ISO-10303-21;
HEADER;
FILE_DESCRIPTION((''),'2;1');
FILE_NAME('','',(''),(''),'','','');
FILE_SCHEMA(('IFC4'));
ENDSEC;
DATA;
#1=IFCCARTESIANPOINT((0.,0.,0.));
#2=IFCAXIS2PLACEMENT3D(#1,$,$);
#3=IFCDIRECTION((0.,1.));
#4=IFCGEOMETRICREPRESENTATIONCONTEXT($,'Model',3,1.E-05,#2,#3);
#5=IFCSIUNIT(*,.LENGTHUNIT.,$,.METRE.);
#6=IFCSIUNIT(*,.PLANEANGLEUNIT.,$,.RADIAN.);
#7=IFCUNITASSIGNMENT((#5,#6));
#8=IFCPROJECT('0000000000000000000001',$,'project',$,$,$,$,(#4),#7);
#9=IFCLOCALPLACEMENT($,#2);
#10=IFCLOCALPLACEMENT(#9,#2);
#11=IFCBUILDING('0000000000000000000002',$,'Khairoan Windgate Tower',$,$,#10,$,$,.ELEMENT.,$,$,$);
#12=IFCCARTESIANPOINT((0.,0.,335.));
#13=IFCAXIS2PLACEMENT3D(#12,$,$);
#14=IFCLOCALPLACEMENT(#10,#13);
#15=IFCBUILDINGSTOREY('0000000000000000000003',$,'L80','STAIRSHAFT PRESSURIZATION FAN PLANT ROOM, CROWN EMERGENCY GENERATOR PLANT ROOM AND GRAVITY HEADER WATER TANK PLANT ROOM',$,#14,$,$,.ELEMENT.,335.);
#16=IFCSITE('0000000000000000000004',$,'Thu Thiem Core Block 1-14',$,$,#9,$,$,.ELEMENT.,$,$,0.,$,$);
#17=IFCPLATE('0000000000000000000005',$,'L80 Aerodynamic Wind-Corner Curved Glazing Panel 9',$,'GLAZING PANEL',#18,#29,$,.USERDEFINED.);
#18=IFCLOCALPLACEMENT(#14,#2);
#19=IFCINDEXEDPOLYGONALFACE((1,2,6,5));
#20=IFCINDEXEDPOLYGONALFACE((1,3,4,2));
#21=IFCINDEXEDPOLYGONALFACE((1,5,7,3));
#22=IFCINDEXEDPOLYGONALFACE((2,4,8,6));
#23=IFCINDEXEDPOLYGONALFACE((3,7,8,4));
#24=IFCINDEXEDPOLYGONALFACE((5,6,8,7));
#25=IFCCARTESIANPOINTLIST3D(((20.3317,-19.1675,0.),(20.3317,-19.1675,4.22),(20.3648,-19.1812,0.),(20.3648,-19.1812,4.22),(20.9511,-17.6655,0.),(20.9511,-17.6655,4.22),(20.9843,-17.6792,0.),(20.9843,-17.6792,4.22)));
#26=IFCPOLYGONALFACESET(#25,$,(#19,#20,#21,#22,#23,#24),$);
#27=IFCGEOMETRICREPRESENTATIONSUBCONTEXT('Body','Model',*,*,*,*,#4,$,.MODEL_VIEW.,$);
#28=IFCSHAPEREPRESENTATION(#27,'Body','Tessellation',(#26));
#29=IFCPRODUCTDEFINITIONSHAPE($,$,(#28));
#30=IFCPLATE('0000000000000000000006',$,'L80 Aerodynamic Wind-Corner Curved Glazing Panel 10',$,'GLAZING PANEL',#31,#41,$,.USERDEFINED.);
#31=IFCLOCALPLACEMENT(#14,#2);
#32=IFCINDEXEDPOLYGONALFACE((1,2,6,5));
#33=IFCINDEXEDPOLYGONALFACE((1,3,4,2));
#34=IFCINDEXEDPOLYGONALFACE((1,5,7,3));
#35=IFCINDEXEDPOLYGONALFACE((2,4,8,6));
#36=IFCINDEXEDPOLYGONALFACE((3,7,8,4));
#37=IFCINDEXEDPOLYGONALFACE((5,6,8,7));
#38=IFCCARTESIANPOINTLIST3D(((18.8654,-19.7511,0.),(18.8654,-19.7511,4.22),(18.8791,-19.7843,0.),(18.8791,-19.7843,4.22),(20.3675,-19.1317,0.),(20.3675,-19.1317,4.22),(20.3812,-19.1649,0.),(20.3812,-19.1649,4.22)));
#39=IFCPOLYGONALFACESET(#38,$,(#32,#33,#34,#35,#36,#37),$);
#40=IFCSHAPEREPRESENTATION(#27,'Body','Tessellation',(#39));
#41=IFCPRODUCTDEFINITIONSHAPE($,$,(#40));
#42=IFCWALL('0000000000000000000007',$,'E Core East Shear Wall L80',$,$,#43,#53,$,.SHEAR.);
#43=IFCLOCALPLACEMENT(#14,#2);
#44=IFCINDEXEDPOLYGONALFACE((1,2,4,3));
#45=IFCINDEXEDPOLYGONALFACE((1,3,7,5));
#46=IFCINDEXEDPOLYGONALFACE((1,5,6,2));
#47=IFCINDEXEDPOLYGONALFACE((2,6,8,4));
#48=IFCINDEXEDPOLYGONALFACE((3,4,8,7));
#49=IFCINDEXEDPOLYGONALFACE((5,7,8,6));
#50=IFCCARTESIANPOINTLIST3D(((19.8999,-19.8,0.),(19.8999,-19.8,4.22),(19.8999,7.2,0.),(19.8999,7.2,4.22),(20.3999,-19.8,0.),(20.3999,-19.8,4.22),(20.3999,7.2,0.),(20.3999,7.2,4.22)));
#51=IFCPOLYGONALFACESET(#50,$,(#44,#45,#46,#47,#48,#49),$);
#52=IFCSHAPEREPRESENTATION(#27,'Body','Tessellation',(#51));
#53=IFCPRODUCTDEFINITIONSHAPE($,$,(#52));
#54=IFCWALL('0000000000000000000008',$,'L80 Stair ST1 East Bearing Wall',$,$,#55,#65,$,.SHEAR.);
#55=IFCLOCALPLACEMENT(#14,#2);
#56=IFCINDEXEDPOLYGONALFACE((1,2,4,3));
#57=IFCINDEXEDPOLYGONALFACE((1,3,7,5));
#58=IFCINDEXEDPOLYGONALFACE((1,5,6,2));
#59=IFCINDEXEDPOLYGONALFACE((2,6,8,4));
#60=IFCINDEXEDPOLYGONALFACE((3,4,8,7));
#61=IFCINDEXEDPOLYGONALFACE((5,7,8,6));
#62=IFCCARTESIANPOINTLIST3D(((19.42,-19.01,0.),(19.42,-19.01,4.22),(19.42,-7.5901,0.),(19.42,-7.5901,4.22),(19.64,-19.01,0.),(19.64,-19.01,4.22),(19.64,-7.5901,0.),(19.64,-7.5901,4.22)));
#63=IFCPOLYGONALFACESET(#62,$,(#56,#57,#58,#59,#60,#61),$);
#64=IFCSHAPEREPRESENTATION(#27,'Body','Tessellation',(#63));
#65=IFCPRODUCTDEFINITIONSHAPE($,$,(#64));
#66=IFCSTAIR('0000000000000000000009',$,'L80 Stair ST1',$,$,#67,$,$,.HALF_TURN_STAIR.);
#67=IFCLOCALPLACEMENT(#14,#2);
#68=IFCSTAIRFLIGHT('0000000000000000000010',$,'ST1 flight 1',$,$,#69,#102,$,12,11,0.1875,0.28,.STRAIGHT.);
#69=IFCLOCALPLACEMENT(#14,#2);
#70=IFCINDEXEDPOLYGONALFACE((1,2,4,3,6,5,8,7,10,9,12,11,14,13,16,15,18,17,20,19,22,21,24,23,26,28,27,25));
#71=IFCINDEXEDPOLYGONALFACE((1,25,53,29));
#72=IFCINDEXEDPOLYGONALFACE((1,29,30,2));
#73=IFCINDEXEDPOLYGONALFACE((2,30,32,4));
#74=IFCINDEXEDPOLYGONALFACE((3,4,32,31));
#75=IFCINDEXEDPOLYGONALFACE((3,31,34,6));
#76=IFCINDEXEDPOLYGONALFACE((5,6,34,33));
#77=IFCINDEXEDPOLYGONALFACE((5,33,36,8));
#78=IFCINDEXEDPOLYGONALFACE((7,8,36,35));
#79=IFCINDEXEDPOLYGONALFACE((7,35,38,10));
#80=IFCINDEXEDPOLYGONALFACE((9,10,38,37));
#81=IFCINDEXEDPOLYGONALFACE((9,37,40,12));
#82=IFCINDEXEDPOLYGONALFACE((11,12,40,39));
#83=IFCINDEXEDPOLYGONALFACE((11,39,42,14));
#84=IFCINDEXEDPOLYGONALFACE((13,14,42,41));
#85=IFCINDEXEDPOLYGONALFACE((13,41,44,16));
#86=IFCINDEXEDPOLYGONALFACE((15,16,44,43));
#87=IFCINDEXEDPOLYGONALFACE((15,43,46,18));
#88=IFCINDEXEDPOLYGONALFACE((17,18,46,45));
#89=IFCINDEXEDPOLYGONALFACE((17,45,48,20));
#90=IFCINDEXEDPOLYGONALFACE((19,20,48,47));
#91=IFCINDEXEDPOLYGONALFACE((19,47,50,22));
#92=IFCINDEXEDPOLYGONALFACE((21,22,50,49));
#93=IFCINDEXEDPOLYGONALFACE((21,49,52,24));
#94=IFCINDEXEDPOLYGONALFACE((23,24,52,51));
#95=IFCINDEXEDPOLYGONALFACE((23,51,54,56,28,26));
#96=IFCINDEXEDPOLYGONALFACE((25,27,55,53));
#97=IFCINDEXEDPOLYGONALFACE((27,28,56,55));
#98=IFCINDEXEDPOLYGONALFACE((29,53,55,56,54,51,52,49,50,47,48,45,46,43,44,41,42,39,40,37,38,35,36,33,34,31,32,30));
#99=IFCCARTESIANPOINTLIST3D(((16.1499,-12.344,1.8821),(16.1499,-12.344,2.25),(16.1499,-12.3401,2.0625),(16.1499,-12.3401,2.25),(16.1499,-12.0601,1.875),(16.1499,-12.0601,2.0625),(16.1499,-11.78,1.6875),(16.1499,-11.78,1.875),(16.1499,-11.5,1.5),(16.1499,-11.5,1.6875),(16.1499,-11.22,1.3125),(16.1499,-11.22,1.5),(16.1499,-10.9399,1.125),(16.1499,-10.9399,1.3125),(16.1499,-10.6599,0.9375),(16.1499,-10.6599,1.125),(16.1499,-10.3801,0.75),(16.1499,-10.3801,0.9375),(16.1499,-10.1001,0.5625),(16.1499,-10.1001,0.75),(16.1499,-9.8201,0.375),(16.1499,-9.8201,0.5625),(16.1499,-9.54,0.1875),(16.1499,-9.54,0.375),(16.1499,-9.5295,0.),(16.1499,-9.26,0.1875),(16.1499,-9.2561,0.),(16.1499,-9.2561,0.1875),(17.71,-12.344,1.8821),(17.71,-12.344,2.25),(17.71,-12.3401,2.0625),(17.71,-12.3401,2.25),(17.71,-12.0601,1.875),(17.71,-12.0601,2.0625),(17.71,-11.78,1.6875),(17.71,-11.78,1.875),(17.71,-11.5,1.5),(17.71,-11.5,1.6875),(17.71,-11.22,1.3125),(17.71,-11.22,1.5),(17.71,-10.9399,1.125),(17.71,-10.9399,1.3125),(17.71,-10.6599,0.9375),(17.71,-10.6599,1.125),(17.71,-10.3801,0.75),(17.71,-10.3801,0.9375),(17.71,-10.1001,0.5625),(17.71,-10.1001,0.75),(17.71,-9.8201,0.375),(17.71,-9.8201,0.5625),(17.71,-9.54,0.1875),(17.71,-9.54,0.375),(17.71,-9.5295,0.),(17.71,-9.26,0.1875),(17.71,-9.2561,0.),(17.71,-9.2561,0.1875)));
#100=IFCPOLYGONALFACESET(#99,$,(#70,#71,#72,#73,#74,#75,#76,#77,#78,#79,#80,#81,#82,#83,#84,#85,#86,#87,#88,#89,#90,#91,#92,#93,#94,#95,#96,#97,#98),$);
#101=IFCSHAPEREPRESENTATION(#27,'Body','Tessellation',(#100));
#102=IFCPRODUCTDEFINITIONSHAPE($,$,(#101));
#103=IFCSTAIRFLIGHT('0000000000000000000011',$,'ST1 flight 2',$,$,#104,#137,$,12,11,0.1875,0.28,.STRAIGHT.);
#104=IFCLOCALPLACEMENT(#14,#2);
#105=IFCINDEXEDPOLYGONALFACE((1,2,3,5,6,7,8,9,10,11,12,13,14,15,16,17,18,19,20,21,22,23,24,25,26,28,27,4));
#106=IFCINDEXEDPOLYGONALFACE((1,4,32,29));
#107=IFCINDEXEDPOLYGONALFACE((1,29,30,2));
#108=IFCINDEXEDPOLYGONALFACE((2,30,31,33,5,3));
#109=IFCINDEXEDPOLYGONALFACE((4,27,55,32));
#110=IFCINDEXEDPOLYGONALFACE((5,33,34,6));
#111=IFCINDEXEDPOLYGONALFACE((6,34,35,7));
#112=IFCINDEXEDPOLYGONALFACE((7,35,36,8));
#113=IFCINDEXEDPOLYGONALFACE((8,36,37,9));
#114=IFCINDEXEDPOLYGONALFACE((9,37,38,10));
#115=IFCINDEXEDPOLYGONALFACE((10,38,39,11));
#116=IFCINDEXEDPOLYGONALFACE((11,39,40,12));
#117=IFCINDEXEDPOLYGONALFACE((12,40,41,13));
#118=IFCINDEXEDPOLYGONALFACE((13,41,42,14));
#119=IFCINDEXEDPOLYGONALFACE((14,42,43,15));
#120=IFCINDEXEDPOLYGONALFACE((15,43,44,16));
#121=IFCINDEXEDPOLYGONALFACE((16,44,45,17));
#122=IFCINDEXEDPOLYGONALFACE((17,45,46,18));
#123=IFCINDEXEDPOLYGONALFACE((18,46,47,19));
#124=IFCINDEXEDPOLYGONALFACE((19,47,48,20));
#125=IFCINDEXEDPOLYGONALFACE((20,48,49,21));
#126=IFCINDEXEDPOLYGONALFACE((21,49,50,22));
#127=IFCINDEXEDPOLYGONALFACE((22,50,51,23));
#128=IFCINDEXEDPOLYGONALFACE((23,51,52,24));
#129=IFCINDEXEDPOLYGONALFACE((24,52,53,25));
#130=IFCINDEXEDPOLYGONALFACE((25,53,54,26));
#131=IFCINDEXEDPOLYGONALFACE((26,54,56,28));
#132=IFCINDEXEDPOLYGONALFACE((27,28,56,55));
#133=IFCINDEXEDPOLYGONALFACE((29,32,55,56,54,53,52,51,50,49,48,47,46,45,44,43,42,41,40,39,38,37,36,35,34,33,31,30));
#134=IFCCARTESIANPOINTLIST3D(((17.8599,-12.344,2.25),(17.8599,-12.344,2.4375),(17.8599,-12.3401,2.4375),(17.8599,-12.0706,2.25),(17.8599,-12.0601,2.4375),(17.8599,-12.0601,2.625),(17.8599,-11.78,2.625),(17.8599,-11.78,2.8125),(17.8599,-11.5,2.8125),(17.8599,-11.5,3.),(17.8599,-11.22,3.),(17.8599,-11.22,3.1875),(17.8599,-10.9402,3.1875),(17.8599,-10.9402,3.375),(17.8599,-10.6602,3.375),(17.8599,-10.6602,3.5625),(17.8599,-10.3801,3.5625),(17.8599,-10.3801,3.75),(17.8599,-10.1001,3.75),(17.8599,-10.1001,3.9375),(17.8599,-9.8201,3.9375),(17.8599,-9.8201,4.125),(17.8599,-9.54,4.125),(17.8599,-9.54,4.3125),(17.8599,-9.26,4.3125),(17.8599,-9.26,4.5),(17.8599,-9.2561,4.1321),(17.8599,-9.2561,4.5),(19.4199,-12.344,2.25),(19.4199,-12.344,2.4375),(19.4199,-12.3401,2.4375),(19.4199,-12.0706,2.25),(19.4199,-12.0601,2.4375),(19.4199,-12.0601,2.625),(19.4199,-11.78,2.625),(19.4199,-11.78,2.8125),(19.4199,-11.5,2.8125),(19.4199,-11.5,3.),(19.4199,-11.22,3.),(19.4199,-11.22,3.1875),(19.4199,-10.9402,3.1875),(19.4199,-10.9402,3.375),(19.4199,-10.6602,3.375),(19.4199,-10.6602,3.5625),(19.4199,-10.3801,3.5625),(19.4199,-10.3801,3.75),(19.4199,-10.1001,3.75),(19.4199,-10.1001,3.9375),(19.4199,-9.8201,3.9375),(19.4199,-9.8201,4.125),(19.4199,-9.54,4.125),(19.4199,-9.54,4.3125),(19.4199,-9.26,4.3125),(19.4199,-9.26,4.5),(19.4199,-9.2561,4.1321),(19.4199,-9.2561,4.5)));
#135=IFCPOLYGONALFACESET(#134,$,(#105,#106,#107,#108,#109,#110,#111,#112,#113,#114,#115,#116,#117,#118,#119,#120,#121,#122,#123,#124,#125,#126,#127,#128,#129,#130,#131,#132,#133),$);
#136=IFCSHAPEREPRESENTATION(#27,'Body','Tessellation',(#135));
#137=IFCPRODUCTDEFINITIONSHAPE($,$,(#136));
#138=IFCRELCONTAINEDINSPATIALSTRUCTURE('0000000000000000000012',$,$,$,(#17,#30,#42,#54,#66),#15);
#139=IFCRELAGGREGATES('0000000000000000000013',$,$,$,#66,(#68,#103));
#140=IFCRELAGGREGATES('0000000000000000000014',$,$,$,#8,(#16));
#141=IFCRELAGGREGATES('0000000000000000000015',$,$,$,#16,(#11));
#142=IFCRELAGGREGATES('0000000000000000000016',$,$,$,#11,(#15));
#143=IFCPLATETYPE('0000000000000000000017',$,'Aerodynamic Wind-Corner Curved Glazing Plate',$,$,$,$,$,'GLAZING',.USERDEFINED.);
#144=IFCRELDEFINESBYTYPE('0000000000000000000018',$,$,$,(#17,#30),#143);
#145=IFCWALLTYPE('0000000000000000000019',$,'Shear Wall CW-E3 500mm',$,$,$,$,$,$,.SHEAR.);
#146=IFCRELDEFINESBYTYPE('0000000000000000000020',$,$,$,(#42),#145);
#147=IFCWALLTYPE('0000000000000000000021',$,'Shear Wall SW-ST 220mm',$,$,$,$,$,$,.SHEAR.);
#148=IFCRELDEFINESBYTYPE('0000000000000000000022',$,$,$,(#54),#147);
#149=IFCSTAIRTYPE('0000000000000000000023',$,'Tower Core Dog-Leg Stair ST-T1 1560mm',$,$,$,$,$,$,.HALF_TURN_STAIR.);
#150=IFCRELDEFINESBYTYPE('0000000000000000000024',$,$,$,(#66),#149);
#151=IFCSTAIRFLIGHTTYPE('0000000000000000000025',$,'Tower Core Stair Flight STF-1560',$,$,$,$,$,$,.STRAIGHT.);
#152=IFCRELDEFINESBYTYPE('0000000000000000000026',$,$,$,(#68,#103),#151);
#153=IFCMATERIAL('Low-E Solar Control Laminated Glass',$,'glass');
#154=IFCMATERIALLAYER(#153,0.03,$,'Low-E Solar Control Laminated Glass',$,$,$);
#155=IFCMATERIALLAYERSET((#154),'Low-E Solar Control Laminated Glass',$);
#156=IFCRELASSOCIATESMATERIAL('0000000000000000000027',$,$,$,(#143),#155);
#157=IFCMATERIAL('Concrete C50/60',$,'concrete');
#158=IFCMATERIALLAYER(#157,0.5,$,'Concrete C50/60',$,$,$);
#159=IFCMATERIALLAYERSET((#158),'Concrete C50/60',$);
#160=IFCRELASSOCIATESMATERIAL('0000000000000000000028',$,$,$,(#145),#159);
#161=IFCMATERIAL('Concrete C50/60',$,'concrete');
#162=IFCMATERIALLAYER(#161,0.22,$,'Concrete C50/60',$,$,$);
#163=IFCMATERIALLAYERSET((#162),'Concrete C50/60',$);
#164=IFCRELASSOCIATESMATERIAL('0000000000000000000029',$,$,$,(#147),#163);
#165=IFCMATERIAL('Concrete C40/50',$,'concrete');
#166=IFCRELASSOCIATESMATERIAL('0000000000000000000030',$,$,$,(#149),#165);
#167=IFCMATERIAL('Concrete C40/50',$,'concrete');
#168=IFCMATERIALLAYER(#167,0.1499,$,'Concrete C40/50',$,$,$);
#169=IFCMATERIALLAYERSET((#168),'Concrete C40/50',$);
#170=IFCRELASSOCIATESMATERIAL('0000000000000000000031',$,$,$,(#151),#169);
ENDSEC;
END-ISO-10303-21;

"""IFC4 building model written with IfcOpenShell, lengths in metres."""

from ifc_helpers import new_model, si_unit, direction, frame, frame_2d, origin, origin_2d, place, context, subcontext, project, spatial, polyline, rectangle, outline, extrude, material, layer, layer_set, type_object, element, aggregate, save


model = new_model("IFC4")

# Units and contexts
model_context = context("Model", 3, precision=1e-05, world=origin(), true_north=direction((0.0, 1.0)))
body_context = subcontext(model_context, "Body", "Model", "MODEL_VIEW")
ifc_project = project(units=[si_unit("LENGTHUNIT", "METRE"), si_unit("PLANEANGLEUNIT", "RADIAN")], contexts=[model_context])

# Site, building, storey
site_placement = place(None, origin())
site = spatial("IfcSite", under=ifc_project, at=site_placement, Name="Thu Thiem Core Block 1-14", CompositionType="ELEMENT", RefElevation=0.0)
building_placement = place(site_placement, origin())
building = spatial("IfcBuilding", under=site, at=building_placement, Name="Khairoan Windgate Tower", CompositionType="ELEMENT")
storey_placement = place(building_placement, frame((0.0, 0.0, 335.0)))
storey = spatial("IfcBuildingStorey", under=building, at=storey_placement, Name="L80", Description="STAIRSHAFT PRESSURIZATION FAN PLANT ROOM, CROWN EMERGENCY GENERATOR PLANT ROOM AND GRAVITY HEADER WATER TANK PLANT ROOM", CompositionType="ELEMENT", Elevation=335.0)

# Plates
ifc_material_1 = material(Name="Low-E Solar Control Laminated Glass", Category="glass")
ifc_layer_1 = layer(ifc_material_1, 0.03, Name="Low-E Solar Control Laminated Glass")
ifc_layer_set_1 = layer_set([ifc_layer_1], Name="Low-E Solar Control Laminated Glass")
plate_type_1 = type_object("IfcPlateType", Name="Aerodynamic Wind-Corner Curved Glazing Plate", ElementType="GLAZING", PredefinedType="USERDEFINED", material=ifc_layer_set_1)
for number, where, z_axis, x_axis, name in (
    (1, (20.658, -18.4233, 0.0), (0.0, 0.0, 1.0), (-0.381232, -0.92448, 0.0), "L80 Aerodynamic Wind-Corner Curved Glazing Panel 9"),
    (2, (19.6233, -19.458, 0.0), (0.0, 0.0, 1.0), (-0.92448, -0.381232, 0.0), "L80 Aerodynamic Wind-Corner Curved Glazing Panel 10"),
):
    element("IfcPlate", number, at=place(storey_placement, frame(where, z_axis=z_axis, x_axis=x_axis)), inside=storey, type_object=plate_type_1, Name=name, ObjectType="GLAZING PANEL", PredefinedType="USERDEFINED", context=body_context, shape_type="SweptSolid", body=[
        extrude(rectangle(XDim=1.6248, YDim=0.0359, at=origin_2d()), origin(), (0.0, 0.0, 1.0), 4.22),
    ])

# Walls
ifc_material_2 = material(Name="Concrete C50/60", Category="concrete")
ifc_layer_2 = layer(ifc_material_2, 0.5, Name="Concrete C50/60")
ifc_layer_set_2 = layer_set([ifc_layer_2], Name="Concrete C50/60")
wall_type_1 = type_object("IfcWallType", Name="Shear Wall CW-E3 500mm", PredefinedType="SHEAR", material=ifc_layer_set_2)
wall_1_placement = place(storey_placement, frame((20.1499, -19.8, 0.0), z_axis=(0.0, 0.0, 1.0), x_axis=(0.0, 1.0, 0.0)))
element("IfcWall", 3, at=wall_1_placement, inside=storey, type_object=wall_type_1, Name="E Core East Shear Wall L80", PredefinedType="SHEAR", context=body_context, shape_type="SweptSolid", body=[
    extrude(rectangle(XDim=27.0, YDim=0.5, at=frame_2d((13.5, 0.0))), origin(), (0.0, 0.0, 1.0), 4.22),
])
ifc_material_3 = material(Name="Concrete C50/60", Category="concrete")
ifc_layer_3 = layer(ifc_material_3, 0.22, Name="Concrete C50/60")
ifc_layer_set_3 = layer_set([ifc_layer_3], Name="Concrete C50/60")
wall_type_2 = type_object("IfcWallType", Name="Shear Wall SW-ST 220mm", PredefinedType="SHEAR", material=ifc_layer_set_3)
wall_2_placement = place(storey_placement, frame((19.53, -19.01, 0.0), z_axis=(0.0, 0.0, 1.0), x_axis=(0.0, 1.0, 0.0)))
element("IfcWall", 4, at=wall_2_placement, inside=storey, type_object=wall_type_2, Name="L80 Stair ST1 East Bearing Wall", PredefinedType="SHEAR", context=body_context, shape_type="SweptSolid", body=[
    extrude(rectangle(XDim=11.4199, YDim=0.22, at=frame_2d((5.71, 0.0))), origin(), (0.0, 0.0, 1.0), 4.22),
])

# Stair, stair flights
ifc_material_4 = material(Name="Concrete C40/50", Category="concrete")
stair_type = type_object("IfcStairType", Name="Tower Core Dog-Leg Stair ST-T1 1560mm", PredefinedType="HALF_TURN_STAIR", material=ifc_material_4)
stair_placement = place(storey_placement, origin())
stair = element("IfcStair", 5, at=stair_placement, inside=storey, type_object=stair_type, Name="L80 Stair ST1", PredefinedType="HALF_TURN_STAIR")
ifc_material_5 = material(Name="Concrete C40/50", Category="concrete")
ifc_layer_4 = layer(ifc_material_5, 0.1499, Name="Concrete C40/50")
ifc_layer_set_4 = layer_set([ifc_layer_4], Name="Concrete C40/50")
stair_flight_type = type_object("IfcStairFlightType", Name="Tower Core Stair Flight STF-1560", PredefinedType="STRAIGHT", material=ifc_layer_set_4)
stair_flight_1_placement = place(storey_placement, frame((16.9299, -9.26, 0.0), z_axis=(0.0, 0.0, 1.0), x_axis=(0.0, -1.0, 0.0)))
stair_flight_1 = element("IfcStairFlight", 6, at=stair_flight_1_placement, type_object=stair_flight_type, Name="ST1 flight 1", NumberOfRisers=12, NumberOfTreads=11, PredefinedType="STRAIGHT", RiserHeight=0.1875, TreadLength=0.28, context=body_context, shape_type="SweptSolid", body=[
    extrude(outline(polyline([(-0.0039, 0.0), (-0.0039, 0.1875), (0.0, 0.1875), (0.28, 0.1875), (0.28, 0.375), (0.5601, 0.375), (0.5601, 0.5625), (0.8401, 0.5625), (0.8401, 0.75), (1.1201, 0.75), (1.1201, 0.9375), (1.3999, 0.9375), (1.3999, 1.125), (1.6799, 1.125), (1.6799, 1.3125), (1.96, 1.3125), (1.96, 1.5), (2.24, 1.5), (2.24, 1.6875), (2.52, 1.6875), (2.52, 1.875), (2.8, 1.875), (2.8, 2.0625), (3.0801, 2.0625), (3.0801, 2.25), (3.084, 2.25), (3.084, 1.8821), (0.2695, 0.0), (-0.0039, 0.0)])), frame((0.0, 0.78, 0.0), z_axis=(0.0, -1.0, 0.0), x_axis=(1.0, 0.0, 0.0)), (0.0, 0.0, 1.0), 1.5601),
])
stair_flight_2_placement = place(storey_placement, frame((18.6399, -12.3401, 2.25), z_axis=(0.0, 0.0, 1.0), x_axis=(0.0, 1.0, 0.0)))
stair_flight_2 = element("IfcStairFlight", 7, at=stair_flight_2_placement, type_object=stair_flight_type, Name="ST1 flight 2", NumberOfRisers=12, NumberOfTreads=11, PredefinedType="STRAIGHT", RiserHeight=0.1875, TreadLength=0.28, context=body_context, shape_type="SweptSolid", body=[
    extrude(outline(polyline([(-0.0039, 0.0), (-0.0039, 0.1875), (0.0, 0.1875), (0.28, 0.1875), (0.28, 0.375), (0.5601, 0.375), (0.5601, 0.5625), (0.8401, 0.5625), (0.8401, 0.75), (1.1201, 0.75), (1.1201, 0.9375), (1.3999, 0.9375), (1.3999, 1.125), (1.6799, 1.125), (1.6799, 1.3125), (1.96, 1.3125), (1.96, 1.5), (2.24, 1.5), (2.24, 1.6875), (2.52, 1.6875), (2.52, 1.875), (2.8, 1.875), (2.8, 2.0625), (3.0801, 2.0625), (3.0801, 2.25), (3.084, 2.25), (3.084, 1.8821), (0.2695, 0.0), (-0.0039, 0.0)])), frame((0.0, 0.78, 0.0), z_axis=(0.0, -1.0, 0.0), x_axis=(1.0, 0.0, 0.0)), (0.0, 0.0, 1.0), 1.5601),
])
aggregate(stair, [stair_flight_1, stair_flight_2])

save(model, "model.ifc")
